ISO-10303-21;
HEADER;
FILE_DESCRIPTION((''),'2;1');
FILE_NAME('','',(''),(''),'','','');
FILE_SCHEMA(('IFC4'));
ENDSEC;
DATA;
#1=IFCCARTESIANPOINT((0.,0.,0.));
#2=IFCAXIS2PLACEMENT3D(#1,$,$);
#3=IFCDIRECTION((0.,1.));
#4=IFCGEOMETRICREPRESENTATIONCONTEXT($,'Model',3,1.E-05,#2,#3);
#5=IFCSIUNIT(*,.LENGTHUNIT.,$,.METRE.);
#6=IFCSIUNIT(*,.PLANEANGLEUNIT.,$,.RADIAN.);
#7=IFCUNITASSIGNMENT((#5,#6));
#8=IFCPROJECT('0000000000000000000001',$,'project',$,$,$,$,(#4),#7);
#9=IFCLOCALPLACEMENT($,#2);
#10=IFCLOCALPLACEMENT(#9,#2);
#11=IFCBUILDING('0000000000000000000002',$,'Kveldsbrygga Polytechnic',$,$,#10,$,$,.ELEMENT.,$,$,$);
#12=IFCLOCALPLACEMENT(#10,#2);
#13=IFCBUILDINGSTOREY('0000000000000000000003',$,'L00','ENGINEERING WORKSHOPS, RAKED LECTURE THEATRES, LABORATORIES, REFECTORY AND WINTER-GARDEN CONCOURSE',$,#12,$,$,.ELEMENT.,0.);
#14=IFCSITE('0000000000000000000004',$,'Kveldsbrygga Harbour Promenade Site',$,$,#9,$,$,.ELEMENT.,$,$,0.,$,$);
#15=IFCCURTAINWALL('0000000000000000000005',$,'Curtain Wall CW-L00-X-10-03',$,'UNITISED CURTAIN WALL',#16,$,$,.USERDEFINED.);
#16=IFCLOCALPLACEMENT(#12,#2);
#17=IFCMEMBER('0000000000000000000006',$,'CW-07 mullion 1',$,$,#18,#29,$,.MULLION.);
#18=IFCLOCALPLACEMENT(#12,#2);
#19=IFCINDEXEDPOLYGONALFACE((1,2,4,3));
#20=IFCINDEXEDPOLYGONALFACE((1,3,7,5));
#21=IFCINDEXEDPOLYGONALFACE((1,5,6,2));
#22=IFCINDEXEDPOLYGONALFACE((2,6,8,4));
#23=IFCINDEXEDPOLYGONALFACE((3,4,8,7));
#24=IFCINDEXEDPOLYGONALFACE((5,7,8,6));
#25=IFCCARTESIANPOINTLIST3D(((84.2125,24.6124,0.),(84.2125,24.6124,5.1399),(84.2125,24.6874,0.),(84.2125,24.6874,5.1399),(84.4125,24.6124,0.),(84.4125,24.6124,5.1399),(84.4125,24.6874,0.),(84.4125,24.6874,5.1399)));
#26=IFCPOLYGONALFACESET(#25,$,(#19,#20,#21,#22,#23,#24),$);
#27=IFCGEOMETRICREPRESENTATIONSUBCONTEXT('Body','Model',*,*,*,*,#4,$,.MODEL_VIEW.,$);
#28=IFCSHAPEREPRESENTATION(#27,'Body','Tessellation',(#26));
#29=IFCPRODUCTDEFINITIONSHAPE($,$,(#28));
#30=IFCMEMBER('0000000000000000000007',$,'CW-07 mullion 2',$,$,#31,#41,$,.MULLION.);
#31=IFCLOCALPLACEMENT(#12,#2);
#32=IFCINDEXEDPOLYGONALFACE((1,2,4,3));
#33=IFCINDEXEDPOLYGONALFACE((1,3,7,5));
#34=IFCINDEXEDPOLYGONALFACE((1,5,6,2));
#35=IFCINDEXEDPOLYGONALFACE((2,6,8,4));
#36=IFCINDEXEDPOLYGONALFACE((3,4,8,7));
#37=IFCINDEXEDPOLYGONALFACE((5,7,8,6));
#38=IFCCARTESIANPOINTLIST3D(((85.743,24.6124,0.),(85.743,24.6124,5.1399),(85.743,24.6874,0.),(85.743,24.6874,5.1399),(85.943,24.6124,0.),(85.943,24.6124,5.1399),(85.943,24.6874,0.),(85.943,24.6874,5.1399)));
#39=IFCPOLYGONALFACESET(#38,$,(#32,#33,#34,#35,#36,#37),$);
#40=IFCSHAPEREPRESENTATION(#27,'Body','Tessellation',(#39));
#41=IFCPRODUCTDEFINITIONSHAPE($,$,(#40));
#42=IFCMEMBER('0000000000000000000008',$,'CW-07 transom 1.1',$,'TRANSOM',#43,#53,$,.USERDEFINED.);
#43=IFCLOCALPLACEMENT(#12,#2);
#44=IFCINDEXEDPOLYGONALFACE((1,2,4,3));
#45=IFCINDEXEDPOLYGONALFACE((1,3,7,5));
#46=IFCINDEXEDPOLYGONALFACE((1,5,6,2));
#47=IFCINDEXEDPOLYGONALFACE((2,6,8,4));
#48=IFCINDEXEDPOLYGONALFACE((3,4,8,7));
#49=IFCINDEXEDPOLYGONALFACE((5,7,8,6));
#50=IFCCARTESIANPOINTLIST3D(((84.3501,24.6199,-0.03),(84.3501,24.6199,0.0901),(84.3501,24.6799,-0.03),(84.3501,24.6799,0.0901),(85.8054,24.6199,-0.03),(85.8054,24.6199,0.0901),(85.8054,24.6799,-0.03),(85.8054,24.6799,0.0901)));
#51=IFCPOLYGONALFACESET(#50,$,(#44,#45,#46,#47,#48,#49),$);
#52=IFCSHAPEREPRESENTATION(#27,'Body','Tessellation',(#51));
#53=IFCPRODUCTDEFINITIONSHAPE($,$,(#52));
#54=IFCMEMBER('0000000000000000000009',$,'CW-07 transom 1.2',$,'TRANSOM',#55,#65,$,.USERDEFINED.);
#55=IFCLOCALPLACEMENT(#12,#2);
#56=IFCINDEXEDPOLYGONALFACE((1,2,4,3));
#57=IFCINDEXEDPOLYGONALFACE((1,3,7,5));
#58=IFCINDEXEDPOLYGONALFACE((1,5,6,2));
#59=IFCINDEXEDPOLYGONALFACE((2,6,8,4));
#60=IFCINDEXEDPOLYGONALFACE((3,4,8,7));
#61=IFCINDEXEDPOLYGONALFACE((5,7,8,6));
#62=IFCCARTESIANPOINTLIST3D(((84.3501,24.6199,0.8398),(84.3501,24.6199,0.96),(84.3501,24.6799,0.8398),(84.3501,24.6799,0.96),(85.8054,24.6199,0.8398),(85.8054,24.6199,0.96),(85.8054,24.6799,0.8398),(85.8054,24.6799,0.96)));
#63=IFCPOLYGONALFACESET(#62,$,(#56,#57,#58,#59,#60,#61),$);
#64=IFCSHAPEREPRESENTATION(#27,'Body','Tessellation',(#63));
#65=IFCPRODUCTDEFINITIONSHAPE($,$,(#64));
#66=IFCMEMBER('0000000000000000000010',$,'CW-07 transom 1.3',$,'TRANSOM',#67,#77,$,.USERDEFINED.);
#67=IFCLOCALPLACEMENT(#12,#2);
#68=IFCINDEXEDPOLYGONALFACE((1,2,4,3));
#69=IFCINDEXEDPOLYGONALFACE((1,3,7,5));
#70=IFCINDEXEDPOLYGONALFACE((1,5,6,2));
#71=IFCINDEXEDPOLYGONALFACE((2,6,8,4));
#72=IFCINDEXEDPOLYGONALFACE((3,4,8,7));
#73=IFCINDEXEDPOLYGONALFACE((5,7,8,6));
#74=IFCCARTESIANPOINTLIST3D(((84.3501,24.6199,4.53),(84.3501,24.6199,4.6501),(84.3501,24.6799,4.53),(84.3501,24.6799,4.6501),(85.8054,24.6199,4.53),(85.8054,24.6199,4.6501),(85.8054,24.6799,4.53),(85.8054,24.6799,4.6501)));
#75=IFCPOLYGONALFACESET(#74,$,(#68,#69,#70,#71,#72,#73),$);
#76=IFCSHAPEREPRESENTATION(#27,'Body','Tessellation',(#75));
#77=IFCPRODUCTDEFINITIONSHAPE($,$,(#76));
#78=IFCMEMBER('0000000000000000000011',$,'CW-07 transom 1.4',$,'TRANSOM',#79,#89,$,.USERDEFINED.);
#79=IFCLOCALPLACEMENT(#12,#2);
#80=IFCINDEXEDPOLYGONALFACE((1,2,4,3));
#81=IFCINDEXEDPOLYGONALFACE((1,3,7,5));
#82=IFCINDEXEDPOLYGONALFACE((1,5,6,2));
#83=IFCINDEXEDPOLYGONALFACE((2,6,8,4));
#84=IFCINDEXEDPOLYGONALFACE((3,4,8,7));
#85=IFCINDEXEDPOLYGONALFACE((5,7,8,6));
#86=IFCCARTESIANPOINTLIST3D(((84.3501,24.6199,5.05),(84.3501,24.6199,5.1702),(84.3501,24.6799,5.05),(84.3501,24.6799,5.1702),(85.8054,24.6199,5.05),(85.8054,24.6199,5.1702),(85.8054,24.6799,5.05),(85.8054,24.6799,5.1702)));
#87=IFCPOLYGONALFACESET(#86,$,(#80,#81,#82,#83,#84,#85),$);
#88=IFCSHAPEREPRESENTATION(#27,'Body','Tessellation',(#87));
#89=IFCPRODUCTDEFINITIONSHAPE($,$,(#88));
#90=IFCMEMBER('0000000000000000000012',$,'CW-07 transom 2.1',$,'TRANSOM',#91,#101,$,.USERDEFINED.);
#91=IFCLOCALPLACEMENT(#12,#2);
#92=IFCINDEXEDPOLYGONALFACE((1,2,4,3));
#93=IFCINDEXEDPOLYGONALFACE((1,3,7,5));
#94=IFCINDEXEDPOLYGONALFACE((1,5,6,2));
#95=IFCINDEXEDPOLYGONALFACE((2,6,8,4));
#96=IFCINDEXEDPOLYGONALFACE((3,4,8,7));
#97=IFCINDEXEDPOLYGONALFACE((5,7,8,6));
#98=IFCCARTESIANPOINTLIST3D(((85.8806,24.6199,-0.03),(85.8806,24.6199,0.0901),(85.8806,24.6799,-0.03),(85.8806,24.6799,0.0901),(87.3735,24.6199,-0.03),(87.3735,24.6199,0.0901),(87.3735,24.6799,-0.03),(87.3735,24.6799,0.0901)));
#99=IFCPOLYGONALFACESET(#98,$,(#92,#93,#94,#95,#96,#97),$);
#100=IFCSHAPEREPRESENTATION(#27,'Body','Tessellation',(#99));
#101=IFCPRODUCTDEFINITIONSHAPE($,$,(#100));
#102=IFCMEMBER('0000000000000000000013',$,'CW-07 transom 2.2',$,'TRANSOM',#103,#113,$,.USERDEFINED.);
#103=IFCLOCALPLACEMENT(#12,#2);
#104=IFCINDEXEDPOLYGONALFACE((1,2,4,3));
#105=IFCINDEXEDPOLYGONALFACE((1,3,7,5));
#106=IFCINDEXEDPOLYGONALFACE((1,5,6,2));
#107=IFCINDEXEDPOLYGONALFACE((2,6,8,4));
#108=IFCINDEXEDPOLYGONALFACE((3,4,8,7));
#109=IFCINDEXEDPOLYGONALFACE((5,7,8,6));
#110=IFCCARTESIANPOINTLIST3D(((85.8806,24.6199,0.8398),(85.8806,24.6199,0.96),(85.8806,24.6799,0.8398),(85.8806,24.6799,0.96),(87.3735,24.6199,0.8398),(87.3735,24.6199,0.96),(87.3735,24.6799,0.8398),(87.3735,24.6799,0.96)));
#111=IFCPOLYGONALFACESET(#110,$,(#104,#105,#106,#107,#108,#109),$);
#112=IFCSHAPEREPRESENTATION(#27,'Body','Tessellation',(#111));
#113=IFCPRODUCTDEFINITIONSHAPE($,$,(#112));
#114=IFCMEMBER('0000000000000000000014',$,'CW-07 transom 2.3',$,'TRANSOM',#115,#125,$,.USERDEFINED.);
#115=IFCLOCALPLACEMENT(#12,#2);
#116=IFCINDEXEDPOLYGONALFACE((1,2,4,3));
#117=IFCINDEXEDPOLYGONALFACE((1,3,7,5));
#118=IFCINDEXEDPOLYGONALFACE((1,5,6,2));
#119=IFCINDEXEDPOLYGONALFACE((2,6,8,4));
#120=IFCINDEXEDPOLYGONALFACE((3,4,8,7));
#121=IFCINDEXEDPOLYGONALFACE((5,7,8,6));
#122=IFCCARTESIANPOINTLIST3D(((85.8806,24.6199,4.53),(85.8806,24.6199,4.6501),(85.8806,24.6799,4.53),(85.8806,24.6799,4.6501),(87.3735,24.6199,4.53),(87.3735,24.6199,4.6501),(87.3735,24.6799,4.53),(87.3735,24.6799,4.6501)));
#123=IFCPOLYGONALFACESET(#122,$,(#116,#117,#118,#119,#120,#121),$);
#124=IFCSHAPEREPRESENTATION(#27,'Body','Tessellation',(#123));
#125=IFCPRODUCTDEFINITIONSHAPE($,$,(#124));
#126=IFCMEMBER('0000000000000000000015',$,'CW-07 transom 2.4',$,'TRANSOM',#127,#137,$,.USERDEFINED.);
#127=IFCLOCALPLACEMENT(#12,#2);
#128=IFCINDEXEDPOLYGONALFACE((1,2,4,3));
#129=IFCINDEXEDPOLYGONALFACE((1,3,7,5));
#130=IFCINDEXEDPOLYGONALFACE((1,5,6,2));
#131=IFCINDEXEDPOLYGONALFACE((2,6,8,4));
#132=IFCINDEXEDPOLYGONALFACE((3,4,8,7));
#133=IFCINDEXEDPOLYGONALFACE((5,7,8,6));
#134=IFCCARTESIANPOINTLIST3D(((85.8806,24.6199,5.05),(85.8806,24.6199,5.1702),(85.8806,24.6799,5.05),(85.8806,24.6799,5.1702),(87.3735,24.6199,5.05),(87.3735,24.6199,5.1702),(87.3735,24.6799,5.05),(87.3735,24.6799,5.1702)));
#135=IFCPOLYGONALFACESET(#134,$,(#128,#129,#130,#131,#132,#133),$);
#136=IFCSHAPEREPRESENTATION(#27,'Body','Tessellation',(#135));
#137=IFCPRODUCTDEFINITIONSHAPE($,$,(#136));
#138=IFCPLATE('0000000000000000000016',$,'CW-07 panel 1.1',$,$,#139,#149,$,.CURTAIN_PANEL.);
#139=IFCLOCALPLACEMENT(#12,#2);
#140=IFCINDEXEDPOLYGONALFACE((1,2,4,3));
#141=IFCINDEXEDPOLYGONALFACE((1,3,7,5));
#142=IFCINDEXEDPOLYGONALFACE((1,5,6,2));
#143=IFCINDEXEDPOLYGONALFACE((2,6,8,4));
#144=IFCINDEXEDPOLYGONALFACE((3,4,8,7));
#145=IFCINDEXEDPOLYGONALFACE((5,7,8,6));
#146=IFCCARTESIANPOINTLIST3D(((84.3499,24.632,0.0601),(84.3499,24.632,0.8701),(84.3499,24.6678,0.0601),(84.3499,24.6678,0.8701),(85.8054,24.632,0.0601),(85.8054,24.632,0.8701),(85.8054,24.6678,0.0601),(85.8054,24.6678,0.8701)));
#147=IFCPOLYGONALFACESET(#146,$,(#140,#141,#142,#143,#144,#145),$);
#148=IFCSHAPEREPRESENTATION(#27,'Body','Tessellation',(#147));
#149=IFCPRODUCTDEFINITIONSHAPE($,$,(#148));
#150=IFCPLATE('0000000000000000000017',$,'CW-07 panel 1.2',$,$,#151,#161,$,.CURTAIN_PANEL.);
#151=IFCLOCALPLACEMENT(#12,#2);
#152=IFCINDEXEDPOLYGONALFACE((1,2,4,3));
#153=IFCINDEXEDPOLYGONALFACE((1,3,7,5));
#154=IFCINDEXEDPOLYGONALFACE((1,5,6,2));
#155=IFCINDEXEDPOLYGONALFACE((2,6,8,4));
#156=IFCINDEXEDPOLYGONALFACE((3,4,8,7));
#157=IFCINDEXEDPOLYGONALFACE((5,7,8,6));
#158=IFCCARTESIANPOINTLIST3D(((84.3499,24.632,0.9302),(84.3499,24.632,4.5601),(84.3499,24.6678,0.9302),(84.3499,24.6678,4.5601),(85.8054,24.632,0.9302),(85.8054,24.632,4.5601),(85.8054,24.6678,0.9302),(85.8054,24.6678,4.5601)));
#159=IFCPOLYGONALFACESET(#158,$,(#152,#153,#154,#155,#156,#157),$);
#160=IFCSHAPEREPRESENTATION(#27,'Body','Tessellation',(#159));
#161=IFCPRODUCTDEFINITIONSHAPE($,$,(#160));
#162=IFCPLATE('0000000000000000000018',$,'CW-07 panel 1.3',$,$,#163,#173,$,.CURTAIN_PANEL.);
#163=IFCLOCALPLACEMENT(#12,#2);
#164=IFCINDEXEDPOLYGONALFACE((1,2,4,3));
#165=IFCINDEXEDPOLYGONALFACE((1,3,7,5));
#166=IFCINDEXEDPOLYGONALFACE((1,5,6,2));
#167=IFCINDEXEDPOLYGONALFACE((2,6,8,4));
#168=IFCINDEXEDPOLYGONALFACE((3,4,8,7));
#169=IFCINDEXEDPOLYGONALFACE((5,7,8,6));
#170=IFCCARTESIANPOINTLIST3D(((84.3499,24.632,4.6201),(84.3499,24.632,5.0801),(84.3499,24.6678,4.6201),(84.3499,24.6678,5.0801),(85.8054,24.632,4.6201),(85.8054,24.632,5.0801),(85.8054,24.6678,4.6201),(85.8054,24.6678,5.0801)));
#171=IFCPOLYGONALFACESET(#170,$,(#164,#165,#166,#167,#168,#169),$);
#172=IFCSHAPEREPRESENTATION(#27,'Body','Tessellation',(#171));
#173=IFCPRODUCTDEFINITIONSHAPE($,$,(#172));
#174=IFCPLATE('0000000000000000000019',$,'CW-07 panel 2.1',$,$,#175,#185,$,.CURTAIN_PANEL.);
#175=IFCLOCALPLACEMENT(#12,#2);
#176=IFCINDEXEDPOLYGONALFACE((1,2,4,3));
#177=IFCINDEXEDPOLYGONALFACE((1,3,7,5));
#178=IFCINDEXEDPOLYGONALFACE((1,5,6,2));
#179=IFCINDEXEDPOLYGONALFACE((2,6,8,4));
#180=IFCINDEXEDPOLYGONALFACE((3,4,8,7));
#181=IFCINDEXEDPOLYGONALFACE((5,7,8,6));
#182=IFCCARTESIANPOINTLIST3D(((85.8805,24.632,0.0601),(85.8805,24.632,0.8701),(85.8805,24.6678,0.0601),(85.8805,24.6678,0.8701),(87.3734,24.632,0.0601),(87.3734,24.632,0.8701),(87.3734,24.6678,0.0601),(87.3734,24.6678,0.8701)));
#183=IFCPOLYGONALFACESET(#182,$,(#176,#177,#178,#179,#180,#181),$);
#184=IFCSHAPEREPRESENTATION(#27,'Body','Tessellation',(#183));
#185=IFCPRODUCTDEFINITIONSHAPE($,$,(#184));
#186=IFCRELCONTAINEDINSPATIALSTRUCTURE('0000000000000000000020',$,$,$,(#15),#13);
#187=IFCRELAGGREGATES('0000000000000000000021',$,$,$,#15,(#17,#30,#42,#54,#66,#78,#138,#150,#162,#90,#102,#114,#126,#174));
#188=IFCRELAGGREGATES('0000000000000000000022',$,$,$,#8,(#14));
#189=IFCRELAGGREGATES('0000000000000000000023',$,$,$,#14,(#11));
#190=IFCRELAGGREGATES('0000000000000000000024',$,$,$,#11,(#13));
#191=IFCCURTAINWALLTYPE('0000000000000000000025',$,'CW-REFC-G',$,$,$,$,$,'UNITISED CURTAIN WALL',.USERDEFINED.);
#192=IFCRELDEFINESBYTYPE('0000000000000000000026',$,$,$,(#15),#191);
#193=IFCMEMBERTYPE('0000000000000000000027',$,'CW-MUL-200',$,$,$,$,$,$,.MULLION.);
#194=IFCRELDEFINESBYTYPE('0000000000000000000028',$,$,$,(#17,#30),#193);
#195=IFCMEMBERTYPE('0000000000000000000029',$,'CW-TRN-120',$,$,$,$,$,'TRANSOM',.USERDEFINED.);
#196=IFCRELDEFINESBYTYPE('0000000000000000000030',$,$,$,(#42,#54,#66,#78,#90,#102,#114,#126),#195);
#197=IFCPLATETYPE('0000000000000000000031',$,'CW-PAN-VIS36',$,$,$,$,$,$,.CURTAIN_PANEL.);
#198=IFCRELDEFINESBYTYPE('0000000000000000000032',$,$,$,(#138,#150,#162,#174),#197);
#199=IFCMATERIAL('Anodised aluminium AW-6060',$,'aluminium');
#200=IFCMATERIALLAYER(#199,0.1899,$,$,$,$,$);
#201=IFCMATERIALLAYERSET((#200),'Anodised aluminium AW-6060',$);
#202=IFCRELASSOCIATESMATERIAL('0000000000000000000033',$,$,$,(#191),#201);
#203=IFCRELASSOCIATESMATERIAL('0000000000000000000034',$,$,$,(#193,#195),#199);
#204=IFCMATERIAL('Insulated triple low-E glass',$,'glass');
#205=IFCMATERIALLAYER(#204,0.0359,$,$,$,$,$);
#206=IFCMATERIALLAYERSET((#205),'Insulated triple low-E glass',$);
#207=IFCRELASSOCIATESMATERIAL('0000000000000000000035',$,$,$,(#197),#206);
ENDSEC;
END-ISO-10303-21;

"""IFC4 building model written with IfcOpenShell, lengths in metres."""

from ifc_helpers import new_model, si_unit, direction, frame, origin, origin_2d, place, context, subcontext, project, spatial, rectangle, extrude, material, layer, layer_set, material_profile, profile_set, type_object, element, aggregate, save


model = new_model("IFC4")

# Units and contexts
model_context = context("Model", 3, precision=1e-05, world=origin(), true_north=direction((0.0, 1.0)))
body_context = subcontext(model_context, "Body", "Model", "MODEL_VIEW")
ifc_project = project(units=[si_unit("LENGTHUNIT", "METRE"), si_unit("PLANEANGLEUNIT", "RADIAN")], contexts=[model_context])

# Site, building, storey
site_placement = place(None, origin())
site = spatial("IfcSite", under=ifc_project, at=site_placement, Name="Kveldsbrygga Harbour Promenade Site", CompositionType="ELEMENT", RefElevation=0.0)
building_placement = place(site_placement, origin())
building = spatial("IfcBuilding", under=site, at=building_placement, Name="Kveldsbrygga Polytechnic", CompositionType="ELEMENT")
storey_placement = place(building_placement, origin())
storey = spatial("IfcBuildingStorey", under=building, at=storey_placement, Name="L00", Description="ENGINEERING WORKSHOPS, RAKED LECTURE THEATRES, LABORATORIES, REFECTORY AND WINTER-GARDEN CONCOURSE", CompositionType="ELEMENT", Elevation=0.0)

# Curtain wall, members, plates
ifc_material_1 = material(Name="Anodised aluminium AW-6060", Category="aluminium")
ifc_layer_1 = layer(ifc_material_1, 0.1899)
ifc_layer_set_1 = layer_set([ifc_layer_1], Name="Anodised aluminium AW-6060")
curtain_wall_type = type_object("IfcCurtainWallType", Name="CW-REFC-G", ElementType="UNITISED CURTAIN WALL", PredefinedType="USERDEFINED", material=ifc_layer_set_1)
curtain_wall_placement = place(storey_placement, origin())
curtain_wall = element("IfcCurtainWall", 1, at=curtain_wall_placement, inside=storey, type_object=curtain_wall_type, Name="Curtain Wall CW-L00-X-10-03", ObjectType="UNITISED CURTAIN WALL", PredefinedType="USERDEFINED")
ifc_material_profile_1 = material_profile(ifc_material_1, rectangle(XDim=0.075, YDim=0.2, at=origin_2d()), Name="ALU 75x200")
ifc_profile_set_1 = profile_set([ifc_material_profile_1], Name="Anodised aluminium AW-6060")
member_type_1 = type_object("IfcMemberType", Name="CW-MUL-200", PredefinedType="MULLION", material=ifc_profile_set_1)
member_1_placement = place(storey_placement, frame((84.3125, 24.6499, 0.0), z_axis=(0.0, 0.0, 1.0), x_axis=(0.0, 1.0, 0.0)))
member_1 = element("IfcMember", 2, at=member_1_placement, type_object=member_type_1, Name="CW-07 mullion 1", PredefinedType="MULLION", context=body_context, shape_type="SweptSolid", body=[
    extrude(rectangle(XDim=0.075, YDim=0.2, at=origin_2d()), origin(), (0.0, 0.0, 1.0), 5.1399),
])
member_2_placement = place(storey_placement, frame((85.843, 24.6499, 0.0), z_axis=(0.0, 0.0, 1.0), x_axis=(0.0, 1.0, 0.0)))
member_2 = element("IfcMember", 3, at=member_2_placement, type_object=member_type_1, Name="CW-07 mullion 2", PredefinedType="MULLION", context=body_context, shape_type="SweptSolid", body=[
    extrude(rectangle(XDim=0.075, YDim=0.2, at=origin_2d()), origin(), (0.0, 0.0, 1.0), 5.1399),
])
ifc_material_profile_2 = material_profile(ifc_material_1, rectangle(XDim=0.0601, YDim=0.1201, at=origin_2d()), Name="ALU 60x120")
ifc_profile_set_2 = profile_set([ifc_material_profile_2], Name="Anodised aluminium AW-6060")
member_type_2 = type_object("IfcMemberType", Name="CW-TRN-120", ElementType="TRANSOM", PredefinedType="USERDEFINED", material=ifc_profile_set_2)
member_3_placement = place(storey_placement, frame((84.3501, 24.6499, 0.03), z_axis=(1.0, 0.0, 0.0), x_axis=(0.0, 1.0, 0.0)))
member_3 = element("IfcMember", 4, at=member_3_placement, type_object=member_type_2, Name="CW-07 transom 1.1", ObjectType="TRANSOM", PredefinedType="USERDEFINED", context=body_context, shape_type="SweptSolid", body=[
    extrude(rectangle(XDim=0.0601, YDim=0.1201, at=origin_2d()), origin(), (0.0, 0.0, 1.0), 1.4553),
])
member_4_placement = place(storey_placement, frame((84.3501, 24.6499, 0.8999), z_axis=(1.0, 0.0, 0.0), x_axis=(0.0, 1.0, 0.0)))
member_4 = element("IfcMember", 5, at=member_4_placement, type_object=member_type_2, Name="CW-07 transom 1.2", ObjectType="TRANSOM", PredefinedType="USERDEFINED", context=body_context, shape_type="SweptSolid", body=[
    extrude(rectangle(XDim=0.0601, YDim=0.1201, at=origin_2d()), origin(), (0.0, 0.0, 1.0), 1.4553),
])
member_5_placement = place(storey_placement, frame((84.3501, 24.6499, 4.5901), z_axis=(1.0, 0.0, 0.0), x_axis=(0.0, 1.0, 0.0)))
member_5 = element("IfcMember", 6, at=member_5_placement, type_object=member_type_2, Name="CW-07 transom 1.3", ObjectType="TRANSOM", PredefinedType="USERDEFINED", context=body_context, shape_type="SweptSolid", body=[
    extrude(rectangle(XDim=0.0601, YDim=0.1201, at=origin_2d()), origin(), (0.0, 0.0, 1.0), 1.4553),
])
member_6_placement = place(storey_placement, frame((84.3501, 24.6499, 5.1101), z_axis=(1.0, 0.0, 0.0), x_axis=(0.0, 1.0, 0.0)))
member_6 = element("IfcMember", 7, at=member_6_placement, type_object=member_type_2, Name="CW-07 transom 1.4", ObjectType="TRANSOM", PredefinedType="USERDEFINED", context=body_context, shape_type="SweptSolid", body=[
    extrude(rectangle(XDim=0.0601, YDim=0.1201, at=origin_2d()), origin(), (0.0, 0.0, 1.0), 1.4553),
])
member_7_placement = place(storey_placement, frame((85.8806, 24.6499, 0.03), z_axis=(1.0, 0.0, 0.0), x_axis=(0.0, 1.0, 0.0)))
member_7 = element("IfcMember", 8, at=member_7_placement, type_object=member_type_2, Name="CW-07 transom 2.1", ObjectType="TRANSOM", PredefinedType="USERDEFINED", context=body_context, shape_type="SweptSolid", body=[
    extrude(rectangle(XDim=0.0601, YDim=0.1201, at=origin_2d()), origin(), (0.0, 0.0, 1.0), 1.4929),
])
member_8_placement = place(storey_placement, frame((85.8806, 24.6499, 0.8999), z_axis=(1.0, 0.0, 0.0), x_axis=(0.0, 1.0, 0.0)))
member_8 = element("IfcMember", 9, at=member_8_placement, type_object=member_type_2, Name="CW-07 transom 2.2", ObjectType="TRANSOM", PredefinedType="USERDEFINED", context=body_context, shape_type="SweptSolid", body=[
    extrude(rectangle(XDim=0.0601, YDim=0.1201, at=origin_2d()), origin(), (0.0, 0.0, 1.0), 1.4929),
])
member_9_placement = place(storey_placement, frame((85.8806, 24.6499, 4.5901), z_axis=(1.0, 0.0, 0.0), x_axis=(0.0, 1.0, 0.0)))
member_9 = element("IfcMember", 10, at=member_9_placement, type_object=member_type_2, Name="CW-07 transom 2.3", ObjectType="TRANSOM", PredefinedType="USERDEFINED", context=body_context, shape_type="SweptSolid", body=[
    extrude(rectangle(XDim=0.0601, YDim=0.1201, at=origin_2d()), origin(), (0.0, 0.0, 1.0), 1.4929),
])
member_10_placement = place(storey_placement, frame((85.8806, 24.6499, 5.1101), z_axis=(1.0, 0.0, 0.0), x_axis=(0.0, 1.0, 0.0)))
member_10 = element("IfcMember", 11, at=member_10_placement, type_object=member_type_2, Name="CW-07 transom 2.4", ObjectType="TRANSOM", PredefinedType="USERDEFINED", context=body_context, shape_type="SweptSolid", body=[
    extrude(rectangle(XDim=0.0601, YDim=0.1201, at=origin_2d()), origin(), (0.0, 0.0, 1.0), 1.4929),
])
ifc_material_2 = material(Name="Insulated triple low-E glass", Category="glass")
ifc_layer_2 = layer(ifc_material_2, 0.0359)
ifc_layer_set_2 = layer_set([ifc_layer_2], Name="Insulated triple low-E glass")
plate_type = type_object("IfcPlateType", Name="CW-PAN-VIS36", PredefinedType="CURTAIN_PANEL", material=ifc_layer_set_2)
plate_1_placement = place(storey_placement, frame((85.0776, 24.6499, 0.0601), z_axis=(0.0, 0.0, 1.0), x_axis=(1.0, 0.0, 0.0)))
plate_1 = element("IfcPlate", 12, at=plate_1_placement, type_object=plate_type, Name="CW-07 panel 1.1", PredefinedType="CURTAIN_PANEL", context=body_context, shape_type="SweptSolid", body=[
    extrude(rectangle(XDim=1.4556, YDim=0.0359, at=origin_2d()), origin(), (0.0, 0.0, 1.0), 0.8101),
])
plate_2_placement = place(storey_placement, frame((85.0776, 24.6499, 0.9302), z_axis=(0.0, 0.0, 1.0), x_axis=(1.0, 0.0, 0.0)))
plate_2 = element("IfcPlate", 13, at=plate_2_placement, type_object=plate_type, Name="CW-07 panel 1.2", PredefinedType="CURTAIN_PANEL", context=body_context, shape_type="SweptSolid", body=[
    extrude(rectangle(XDim=1.4556, YDim=0.0359, at=origin_2d()), origin(), (0.0, 0.0, 1.0), 3.6299),
])
plate_3_placement = place(storey_placement, frame((85.0776, 24.6499, 4.6201), z_axis=(0.0, 0.0, 1.0), x_axis=(1.0, 0.0, 0.0)))
plate_3 = element("IfcPlate", 14, at=plate_3_placement, type_object=plate_type, Name="CW-07 panel 1.3", PredefinedType="CURTAIN_PANEL", context=body_context, shape_type="SweptSolid", body=[
    extrude(rectangle(XDim=1.4556, YDim=0.0359, at=origin_2d()), origin(), (0.0, 0.0, 1.0), 0.46),
])
plate_4_placement = place(storey_placement, frame((86.627, 24.6499, 0.0601), z_axis=(0.0, 0.0, 1.0), x_axis=(1.0, 0.0, 0.0)))
plate_4 = element("IfcPlate", 15, at=plate_4_placement, type_object=plate_type, Name="CW-07 panel 2.1", PredefinedType="CURTAIN_PANEL", context=body_context, shape_type="SweptSolid", body=[
    extrude(rectangle(XDim=1.4929, YDim=0.0359, at=origin_2d()), origin(), (0.0, 0.0, 1.0), 0.8101),
])
aggregate(curtain_wall, [member_1, member_2, member_3, member_4, member_5, member_6, plate_1, plate_2, plate_3, member_7, member_8, member_9, member_10, plate_4])

save(model, "model.ifc")
